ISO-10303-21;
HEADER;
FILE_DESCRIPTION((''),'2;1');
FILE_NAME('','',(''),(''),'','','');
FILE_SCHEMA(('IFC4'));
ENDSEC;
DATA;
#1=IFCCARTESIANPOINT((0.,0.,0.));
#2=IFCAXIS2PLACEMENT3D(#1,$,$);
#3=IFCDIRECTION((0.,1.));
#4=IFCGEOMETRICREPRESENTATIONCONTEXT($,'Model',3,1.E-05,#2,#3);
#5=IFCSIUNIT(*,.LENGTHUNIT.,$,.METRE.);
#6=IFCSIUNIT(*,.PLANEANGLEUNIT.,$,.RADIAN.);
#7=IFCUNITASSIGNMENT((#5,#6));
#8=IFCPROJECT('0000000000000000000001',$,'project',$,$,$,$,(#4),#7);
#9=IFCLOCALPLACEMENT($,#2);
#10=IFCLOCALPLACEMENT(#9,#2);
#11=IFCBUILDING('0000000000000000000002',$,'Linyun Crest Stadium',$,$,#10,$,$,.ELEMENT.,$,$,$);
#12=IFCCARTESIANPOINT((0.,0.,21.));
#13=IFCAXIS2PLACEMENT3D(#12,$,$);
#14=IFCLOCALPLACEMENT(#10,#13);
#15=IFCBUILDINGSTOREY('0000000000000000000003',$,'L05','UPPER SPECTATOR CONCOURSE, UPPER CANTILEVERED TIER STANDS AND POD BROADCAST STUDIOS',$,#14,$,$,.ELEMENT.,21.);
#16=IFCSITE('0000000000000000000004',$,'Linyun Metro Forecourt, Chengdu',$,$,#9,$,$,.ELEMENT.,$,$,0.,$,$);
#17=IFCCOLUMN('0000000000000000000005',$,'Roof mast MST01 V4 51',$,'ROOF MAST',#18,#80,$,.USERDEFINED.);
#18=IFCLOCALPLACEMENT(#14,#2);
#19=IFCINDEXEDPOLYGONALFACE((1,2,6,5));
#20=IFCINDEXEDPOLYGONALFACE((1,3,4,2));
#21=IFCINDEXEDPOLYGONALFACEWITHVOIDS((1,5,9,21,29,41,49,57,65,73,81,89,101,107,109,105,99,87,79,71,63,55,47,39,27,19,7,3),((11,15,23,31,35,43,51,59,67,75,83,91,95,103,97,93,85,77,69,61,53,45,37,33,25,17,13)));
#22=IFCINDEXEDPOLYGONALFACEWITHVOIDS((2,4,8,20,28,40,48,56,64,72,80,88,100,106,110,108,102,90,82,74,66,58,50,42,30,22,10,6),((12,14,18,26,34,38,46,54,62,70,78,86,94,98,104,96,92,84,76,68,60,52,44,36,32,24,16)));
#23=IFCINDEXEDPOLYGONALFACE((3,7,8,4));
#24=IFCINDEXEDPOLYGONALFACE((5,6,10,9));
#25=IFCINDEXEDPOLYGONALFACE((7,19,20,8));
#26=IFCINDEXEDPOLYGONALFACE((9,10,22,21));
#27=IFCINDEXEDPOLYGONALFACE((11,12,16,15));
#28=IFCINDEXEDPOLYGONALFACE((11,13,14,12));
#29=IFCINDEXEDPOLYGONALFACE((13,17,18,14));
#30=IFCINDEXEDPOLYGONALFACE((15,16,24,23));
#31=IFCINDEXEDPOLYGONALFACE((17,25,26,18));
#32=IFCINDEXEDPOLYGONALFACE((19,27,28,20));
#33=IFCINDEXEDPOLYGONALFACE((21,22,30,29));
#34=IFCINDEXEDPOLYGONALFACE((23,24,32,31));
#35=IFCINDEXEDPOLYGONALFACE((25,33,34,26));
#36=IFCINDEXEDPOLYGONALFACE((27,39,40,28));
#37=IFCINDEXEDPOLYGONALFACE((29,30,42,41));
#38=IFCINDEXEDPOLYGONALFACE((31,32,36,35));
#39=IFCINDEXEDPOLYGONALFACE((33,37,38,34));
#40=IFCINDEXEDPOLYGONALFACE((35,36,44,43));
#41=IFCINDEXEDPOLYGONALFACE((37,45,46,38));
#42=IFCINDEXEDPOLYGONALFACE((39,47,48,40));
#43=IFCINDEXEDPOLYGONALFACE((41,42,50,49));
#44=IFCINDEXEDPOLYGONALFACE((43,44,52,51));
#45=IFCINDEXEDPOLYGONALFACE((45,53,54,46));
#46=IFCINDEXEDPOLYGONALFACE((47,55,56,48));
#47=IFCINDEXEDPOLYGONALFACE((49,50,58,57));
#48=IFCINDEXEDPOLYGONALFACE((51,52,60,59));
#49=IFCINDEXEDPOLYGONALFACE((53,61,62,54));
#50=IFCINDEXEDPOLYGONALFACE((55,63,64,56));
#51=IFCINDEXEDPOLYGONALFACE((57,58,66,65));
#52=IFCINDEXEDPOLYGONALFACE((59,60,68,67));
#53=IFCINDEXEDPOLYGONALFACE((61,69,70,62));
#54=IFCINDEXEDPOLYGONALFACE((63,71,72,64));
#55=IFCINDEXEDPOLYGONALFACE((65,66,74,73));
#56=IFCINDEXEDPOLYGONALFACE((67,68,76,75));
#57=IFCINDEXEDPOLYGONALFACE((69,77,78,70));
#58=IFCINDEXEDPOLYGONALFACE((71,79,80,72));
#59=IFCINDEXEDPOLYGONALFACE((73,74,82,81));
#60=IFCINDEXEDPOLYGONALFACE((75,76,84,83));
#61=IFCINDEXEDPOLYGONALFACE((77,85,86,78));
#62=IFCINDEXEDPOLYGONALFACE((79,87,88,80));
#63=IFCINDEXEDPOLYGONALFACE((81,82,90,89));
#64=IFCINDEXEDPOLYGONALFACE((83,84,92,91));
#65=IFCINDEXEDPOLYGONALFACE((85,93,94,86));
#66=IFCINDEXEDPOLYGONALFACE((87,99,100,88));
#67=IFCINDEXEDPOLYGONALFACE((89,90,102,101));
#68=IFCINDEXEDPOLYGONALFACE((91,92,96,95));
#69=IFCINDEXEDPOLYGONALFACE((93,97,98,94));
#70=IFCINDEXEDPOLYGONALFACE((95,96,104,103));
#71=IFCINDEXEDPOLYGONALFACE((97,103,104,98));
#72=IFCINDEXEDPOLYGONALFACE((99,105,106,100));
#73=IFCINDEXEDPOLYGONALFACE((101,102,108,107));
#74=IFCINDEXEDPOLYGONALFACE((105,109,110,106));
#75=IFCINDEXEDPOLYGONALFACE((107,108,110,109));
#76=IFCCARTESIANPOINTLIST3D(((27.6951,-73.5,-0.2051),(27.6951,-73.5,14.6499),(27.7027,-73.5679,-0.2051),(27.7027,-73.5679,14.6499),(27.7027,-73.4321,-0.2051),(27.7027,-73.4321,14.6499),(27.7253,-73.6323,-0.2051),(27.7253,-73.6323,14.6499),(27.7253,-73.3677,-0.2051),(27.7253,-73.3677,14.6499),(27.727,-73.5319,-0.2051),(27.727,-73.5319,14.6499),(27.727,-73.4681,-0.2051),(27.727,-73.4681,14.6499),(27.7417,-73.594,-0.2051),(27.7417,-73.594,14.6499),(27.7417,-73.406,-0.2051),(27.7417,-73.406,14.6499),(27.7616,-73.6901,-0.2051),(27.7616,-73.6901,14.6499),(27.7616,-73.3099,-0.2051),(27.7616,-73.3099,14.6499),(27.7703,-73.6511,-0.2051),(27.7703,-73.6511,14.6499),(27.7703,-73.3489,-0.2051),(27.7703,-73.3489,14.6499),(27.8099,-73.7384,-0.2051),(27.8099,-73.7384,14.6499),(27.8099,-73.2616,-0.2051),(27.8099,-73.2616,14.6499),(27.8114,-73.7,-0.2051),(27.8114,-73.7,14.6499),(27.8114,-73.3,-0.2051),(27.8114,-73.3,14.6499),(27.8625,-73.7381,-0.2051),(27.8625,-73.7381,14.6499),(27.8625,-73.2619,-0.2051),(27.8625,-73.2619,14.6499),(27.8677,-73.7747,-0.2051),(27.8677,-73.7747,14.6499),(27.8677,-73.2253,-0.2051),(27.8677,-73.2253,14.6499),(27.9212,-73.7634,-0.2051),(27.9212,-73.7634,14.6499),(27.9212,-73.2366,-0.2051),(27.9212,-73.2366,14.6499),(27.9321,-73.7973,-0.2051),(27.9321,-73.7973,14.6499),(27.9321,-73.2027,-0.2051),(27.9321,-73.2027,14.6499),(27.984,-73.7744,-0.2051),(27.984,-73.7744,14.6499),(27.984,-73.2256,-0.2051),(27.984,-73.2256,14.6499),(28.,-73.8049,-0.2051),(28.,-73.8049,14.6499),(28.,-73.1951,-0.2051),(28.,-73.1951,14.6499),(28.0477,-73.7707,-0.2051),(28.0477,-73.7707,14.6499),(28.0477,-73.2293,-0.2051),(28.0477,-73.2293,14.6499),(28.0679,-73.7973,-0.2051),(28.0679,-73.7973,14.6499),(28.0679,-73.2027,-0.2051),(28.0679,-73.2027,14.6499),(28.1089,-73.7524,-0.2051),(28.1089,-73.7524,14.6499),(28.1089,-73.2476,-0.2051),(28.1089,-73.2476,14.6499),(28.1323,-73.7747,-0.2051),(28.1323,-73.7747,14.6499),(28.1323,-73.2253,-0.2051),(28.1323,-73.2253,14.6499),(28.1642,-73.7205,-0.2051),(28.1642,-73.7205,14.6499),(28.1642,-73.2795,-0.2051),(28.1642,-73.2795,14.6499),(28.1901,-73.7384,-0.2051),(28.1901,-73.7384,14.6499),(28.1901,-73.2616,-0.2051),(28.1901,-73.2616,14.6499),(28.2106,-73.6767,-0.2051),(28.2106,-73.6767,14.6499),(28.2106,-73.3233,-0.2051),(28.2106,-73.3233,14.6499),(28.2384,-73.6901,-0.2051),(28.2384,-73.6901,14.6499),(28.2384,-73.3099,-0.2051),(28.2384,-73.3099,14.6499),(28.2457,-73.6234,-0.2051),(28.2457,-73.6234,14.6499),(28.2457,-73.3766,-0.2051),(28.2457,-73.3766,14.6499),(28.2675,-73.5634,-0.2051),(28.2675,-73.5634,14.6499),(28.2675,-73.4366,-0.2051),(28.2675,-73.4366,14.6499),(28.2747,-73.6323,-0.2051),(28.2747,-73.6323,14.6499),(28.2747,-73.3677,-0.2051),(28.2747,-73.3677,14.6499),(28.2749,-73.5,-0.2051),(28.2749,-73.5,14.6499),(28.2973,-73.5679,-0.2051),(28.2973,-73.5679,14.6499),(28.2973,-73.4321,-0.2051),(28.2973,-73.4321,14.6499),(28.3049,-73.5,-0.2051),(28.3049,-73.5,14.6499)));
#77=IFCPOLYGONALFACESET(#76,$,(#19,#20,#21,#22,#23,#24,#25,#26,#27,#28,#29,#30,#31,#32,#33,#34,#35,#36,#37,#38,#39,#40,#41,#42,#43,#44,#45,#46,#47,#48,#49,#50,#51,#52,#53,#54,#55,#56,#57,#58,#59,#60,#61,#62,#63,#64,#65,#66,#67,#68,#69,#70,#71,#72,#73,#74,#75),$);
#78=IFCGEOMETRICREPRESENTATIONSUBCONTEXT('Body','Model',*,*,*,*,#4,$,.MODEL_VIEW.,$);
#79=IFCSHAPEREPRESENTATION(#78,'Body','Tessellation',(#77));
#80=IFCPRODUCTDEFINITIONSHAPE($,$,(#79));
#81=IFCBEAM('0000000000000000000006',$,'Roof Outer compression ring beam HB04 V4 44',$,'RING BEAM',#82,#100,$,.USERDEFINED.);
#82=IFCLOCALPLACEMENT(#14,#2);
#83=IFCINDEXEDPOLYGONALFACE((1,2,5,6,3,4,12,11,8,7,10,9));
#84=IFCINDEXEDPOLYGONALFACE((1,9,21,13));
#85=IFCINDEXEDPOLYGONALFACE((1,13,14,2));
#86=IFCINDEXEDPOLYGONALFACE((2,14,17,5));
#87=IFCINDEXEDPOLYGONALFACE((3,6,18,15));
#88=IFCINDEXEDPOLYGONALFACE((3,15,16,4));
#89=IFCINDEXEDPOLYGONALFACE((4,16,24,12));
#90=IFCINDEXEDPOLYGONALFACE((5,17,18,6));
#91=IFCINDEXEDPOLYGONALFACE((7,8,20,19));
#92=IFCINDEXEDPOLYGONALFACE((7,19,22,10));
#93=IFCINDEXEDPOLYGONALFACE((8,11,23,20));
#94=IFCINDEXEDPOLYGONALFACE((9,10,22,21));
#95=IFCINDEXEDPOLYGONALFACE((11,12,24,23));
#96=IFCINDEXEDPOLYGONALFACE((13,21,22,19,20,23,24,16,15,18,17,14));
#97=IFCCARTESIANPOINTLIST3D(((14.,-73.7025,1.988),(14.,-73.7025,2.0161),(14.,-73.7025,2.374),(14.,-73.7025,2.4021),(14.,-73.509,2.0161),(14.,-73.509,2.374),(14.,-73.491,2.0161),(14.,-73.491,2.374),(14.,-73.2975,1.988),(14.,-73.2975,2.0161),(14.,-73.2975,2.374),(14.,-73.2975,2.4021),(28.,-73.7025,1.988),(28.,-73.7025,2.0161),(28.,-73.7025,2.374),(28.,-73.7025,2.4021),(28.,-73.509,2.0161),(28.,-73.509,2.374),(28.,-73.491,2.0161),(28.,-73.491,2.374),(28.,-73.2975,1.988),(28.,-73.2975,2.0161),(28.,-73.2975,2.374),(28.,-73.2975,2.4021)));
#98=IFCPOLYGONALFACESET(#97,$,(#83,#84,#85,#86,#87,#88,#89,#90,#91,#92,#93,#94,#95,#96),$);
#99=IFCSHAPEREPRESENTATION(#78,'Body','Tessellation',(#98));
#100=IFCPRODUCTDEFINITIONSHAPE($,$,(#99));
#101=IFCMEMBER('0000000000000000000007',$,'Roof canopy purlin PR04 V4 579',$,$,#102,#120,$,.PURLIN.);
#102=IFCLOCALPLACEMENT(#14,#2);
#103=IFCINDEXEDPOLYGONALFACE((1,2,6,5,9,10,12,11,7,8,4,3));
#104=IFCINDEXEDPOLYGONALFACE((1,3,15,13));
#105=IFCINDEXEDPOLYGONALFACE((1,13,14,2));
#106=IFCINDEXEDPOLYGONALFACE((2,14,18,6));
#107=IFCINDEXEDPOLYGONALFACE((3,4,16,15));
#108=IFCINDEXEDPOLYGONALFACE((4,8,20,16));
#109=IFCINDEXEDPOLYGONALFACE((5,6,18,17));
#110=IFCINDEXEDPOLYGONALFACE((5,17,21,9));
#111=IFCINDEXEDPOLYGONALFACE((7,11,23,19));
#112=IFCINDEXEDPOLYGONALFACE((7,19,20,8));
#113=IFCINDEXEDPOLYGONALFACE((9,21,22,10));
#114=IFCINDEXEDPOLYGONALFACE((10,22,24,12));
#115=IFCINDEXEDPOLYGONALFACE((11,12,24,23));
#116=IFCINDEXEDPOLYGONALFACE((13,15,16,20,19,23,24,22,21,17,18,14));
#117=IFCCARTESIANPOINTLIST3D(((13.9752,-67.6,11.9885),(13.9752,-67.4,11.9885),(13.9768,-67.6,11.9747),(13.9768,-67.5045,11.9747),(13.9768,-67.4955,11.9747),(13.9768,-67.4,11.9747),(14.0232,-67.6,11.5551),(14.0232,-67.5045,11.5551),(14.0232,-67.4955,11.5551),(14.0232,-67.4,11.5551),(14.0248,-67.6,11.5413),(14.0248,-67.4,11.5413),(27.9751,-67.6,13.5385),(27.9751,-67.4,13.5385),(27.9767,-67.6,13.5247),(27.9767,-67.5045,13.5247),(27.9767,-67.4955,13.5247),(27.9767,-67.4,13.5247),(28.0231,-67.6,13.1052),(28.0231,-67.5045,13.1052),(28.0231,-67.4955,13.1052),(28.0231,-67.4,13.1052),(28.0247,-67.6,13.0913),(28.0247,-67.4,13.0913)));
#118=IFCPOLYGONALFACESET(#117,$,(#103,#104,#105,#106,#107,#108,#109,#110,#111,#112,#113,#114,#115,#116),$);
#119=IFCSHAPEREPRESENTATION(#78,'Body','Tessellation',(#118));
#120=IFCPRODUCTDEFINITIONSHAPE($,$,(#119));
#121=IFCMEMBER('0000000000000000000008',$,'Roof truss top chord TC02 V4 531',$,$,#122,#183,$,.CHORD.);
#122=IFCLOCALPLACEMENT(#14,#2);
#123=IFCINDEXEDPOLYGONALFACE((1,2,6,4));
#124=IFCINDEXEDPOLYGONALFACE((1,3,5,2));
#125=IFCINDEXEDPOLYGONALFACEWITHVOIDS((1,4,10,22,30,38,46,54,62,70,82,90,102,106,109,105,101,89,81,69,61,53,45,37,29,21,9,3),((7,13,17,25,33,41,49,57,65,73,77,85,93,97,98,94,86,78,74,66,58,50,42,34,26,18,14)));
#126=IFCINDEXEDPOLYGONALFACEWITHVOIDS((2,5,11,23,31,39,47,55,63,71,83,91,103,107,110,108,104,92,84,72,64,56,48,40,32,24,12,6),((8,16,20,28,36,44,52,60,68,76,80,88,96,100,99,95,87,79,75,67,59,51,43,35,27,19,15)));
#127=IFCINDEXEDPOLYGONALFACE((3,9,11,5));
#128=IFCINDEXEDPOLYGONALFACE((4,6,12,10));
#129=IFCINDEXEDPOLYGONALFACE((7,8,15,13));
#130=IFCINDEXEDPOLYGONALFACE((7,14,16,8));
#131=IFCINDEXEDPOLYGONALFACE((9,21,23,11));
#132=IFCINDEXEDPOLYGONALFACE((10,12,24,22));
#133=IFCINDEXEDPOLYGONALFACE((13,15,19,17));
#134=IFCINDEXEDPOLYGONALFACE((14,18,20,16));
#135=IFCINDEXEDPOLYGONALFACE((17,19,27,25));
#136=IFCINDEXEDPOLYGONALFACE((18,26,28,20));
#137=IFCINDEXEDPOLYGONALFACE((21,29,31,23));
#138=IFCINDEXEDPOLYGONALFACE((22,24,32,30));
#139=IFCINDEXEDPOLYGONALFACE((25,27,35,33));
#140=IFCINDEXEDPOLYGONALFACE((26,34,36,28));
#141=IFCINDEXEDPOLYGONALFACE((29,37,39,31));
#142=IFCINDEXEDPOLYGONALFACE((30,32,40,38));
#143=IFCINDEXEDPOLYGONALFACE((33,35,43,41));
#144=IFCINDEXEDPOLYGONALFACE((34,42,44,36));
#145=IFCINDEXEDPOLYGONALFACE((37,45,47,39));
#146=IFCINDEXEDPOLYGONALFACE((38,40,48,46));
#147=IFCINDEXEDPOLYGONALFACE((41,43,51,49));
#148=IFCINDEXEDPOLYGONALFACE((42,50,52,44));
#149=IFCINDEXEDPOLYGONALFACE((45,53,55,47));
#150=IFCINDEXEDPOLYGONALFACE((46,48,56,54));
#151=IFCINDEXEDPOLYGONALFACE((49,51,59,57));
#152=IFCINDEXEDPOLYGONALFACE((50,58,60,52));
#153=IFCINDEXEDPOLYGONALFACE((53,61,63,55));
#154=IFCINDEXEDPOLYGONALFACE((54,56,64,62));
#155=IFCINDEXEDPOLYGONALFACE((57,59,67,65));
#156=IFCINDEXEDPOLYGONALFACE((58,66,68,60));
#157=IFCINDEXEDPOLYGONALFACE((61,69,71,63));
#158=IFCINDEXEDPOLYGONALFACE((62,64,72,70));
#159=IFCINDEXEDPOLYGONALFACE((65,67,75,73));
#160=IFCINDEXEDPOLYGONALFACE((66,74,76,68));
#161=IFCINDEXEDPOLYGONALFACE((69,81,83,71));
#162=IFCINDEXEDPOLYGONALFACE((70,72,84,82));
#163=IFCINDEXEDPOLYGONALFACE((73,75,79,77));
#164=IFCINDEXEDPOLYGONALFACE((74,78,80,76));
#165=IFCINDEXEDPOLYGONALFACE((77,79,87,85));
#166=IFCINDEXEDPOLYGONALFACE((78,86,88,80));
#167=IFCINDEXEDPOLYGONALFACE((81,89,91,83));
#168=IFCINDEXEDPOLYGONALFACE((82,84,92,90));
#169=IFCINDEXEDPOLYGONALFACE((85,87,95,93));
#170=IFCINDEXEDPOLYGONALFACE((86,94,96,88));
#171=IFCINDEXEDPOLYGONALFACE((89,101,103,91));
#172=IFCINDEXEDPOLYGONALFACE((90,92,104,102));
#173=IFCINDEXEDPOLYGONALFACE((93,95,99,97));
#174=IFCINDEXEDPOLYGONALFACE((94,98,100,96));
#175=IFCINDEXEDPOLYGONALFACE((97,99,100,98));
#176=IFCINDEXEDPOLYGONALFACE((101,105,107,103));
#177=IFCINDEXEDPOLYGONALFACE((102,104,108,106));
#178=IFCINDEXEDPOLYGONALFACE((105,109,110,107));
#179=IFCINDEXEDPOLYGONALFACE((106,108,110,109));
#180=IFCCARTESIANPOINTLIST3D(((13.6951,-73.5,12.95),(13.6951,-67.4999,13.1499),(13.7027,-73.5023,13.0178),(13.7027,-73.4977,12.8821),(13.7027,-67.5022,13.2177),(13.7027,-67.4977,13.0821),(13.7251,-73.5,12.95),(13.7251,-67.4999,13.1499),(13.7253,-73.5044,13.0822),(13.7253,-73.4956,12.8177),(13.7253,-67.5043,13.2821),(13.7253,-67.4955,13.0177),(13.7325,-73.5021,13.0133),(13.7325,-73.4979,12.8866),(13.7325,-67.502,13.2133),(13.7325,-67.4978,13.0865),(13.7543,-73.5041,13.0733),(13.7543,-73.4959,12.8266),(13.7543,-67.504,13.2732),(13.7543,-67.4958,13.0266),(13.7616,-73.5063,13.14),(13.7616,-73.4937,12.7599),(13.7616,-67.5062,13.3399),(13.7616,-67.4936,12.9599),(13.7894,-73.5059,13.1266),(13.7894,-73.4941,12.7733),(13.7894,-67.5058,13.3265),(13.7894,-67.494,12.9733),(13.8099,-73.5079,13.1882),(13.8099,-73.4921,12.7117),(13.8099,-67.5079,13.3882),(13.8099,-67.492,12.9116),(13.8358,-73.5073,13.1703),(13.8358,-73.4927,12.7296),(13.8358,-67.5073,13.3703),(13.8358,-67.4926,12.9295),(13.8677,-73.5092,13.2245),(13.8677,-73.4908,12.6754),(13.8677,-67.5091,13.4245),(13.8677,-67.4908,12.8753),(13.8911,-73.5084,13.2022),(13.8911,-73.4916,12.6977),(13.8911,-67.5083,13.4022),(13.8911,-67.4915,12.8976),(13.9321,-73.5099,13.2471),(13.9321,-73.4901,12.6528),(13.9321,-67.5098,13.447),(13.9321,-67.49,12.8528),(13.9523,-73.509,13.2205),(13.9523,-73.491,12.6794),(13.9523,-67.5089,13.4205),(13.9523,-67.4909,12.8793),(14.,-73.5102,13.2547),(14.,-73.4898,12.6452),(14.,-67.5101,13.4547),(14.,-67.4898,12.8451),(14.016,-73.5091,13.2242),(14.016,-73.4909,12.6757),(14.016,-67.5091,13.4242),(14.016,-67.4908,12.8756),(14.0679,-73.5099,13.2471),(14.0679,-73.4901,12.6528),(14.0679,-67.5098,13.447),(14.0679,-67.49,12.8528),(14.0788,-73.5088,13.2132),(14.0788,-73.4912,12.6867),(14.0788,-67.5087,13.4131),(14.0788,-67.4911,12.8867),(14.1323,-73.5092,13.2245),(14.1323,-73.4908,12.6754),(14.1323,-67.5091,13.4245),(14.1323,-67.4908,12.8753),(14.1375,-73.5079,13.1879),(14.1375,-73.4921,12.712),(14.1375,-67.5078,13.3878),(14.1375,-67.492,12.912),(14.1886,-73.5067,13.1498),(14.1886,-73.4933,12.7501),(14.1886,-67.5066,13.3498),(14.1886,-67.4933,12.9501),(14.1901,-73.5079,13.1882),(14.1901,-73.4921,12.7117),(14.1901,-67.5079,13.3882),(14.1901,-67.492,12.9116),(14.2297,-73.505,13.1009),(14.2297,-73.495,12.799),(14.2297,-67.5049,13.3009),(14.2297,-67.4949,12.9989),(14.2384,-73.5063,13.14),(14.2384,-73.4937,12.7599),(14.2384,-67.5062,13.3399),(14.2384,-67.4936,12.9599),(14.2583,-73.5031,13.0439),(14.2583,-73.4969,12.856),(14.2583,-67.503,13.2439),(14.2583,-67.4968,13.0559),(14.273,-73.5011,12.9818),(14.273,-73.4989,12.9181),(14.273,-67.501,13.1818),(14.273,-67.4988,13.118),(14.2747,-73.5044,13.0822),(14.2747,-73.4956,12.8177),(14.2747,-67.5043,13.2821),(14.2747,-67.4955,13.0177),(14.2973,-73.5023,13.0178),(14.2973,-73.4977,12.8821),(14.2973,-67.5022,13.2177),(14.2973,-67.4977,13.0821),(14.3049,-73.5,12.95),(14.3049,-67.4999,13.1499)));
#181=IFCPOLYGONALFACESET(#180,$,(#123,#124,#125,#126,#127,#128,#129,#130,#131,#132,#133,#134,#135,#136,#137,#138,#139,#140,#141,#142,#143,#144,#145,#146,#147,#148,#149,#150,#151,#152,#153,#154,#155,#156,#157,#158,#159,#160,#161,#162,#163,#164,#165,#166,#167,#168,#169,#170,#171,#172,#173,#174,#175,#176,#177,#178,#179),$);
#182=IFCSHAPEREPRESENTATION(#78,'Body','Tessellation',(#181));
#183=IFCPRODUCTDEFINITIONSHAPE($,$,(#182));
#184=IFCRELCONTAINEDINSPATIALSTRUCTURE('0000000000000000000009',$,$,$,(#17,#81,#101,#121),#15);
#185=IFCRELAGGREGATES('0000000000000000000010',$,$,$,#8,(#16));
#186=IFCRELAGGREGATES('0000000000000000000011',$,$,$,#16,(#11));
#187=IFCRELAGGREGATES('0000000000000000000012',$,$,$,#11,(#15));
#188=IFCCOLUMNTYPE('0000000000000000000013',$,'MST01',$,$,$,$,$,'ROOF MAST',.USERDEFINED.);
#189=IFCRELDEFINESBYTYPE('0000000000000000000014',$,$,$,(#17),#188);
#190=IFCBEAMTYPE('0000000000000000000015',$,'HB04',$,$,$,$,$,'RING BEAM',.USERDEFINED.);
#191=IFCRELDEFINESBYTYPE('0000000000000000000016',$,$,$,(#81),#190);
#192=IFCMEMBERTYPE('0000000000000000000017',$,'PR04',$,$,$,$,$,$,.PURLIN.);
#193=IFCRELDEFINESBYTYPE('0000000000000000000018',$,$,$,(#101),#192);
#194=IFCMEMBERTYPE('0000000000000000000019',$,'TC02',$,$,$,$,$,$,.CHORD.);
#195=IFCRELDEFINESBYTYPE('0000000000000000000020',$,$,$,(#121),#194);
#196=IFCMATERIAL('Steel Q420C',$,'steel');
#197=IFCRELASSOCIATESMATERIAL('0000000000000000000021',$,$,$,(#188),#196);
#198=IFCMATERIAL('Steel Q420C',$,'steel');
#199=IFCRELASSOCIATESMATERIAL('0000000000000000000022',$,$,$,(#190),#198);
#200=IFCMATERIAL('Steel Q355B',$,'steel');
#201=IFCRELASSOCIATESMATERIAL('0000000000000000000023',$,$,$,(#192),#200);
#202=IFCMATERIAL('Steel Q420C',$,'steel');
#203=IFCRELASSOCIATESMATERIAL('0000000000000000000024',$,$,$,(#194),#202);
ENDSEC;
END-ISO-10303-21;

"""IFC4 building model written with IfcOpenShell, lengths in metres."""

from ifc_helpers import new_model, si_unit, direction, frame, origin, origin_2d, place, context, subcontext, project, spatial, hollow_circle, i_section, extrude, material, material_profile, profile_set, type_object, element, save


model = new_model("IFC4")

# Units and contexts
model_context = context("Model", 3, precision=1e-05, world=origin(), true_north=direction((0.0, 1.0)))
body_context = subcontext(model_context, "Body", "Model", "MODEL_VIEW")
ifc_project = project(units=[si_unit("LENGTHUNIT", "METRE"), si_unit("PLANEANGLEUNIT", "RADIAN")], contexts=[model_context])

# Site, building, storey
site_placement = place(None, origin())
site = spatial("IfcSite", under=ifc_project, at=site_placement, Name="Linyun Metro Forecourt, Chengdu", CompositionType="ELEMENT", RefElevation=0.0)
building_placement = place(site_placement, origin())
building = spatial("IfcBuilding", under=site, at=building_placement, Name="Linyun Crest Stadium", CompositionType="ELEMENT")
storey_placement = place(building_placement, frame((0.0, 0.0, 21.0)))
storey = spatial("IfcBuildingStorey", under=building, at=storey_placement, Name="L05", Description="UPPER SPECTATOR CONCOURSE, UPPER CANTILEVERED TIER STANDS AND POD BROADCAST STUDIOS", CompositionType="ELEMENT", Elevation=21.0)

# Column
ifc_material_1 = material(Name="Steel Q420C", Category="steel")
ifc_material_profile_1 = material_profile(ifc_material_1, hollow_circle(Radius=0.3049, WallThickness=0.03, at=origin_2d()), Name="CHS 610x30")
ifc_profile_set_1 = profile_set([ifc_material_profile_1], Name="Steel Q420C")
column_type = type_object("IfcColumnType", Name="MST01", ElementType="ROOF MAST", PredefinedType="USERDEFINED", material=ifc_profile_set_1)
column_placement = place(storey_placement, frame((28.0, -73.5, -0.2051), z_axis=(0.0, 0.0, 1.0), x_axis=(1.0, 0.0, 0.0)))
element("IfcColumn", 1, at=column_placement, inside=storey, type_object=column_type, Name="Roof mast MST01 V4 51", ObjectType="ROOF MAST", PredefinedType="USERDEFINED", context=body_context, shape_type="SweptSolid", body=[
    extrude(hollow_circle(Radius=0.3049, WallThickness=0.03, at=origin_2d()), origin(), (0.0, 0.0, 1.0), 14.855),
])

# Beam
ifc_material_2 = material(Name="Steel Q420C", Category="steel")
ifc_material_profile_2 = material_profile(ifc_material_2, i_section(OverallWidth=0.405, OverallDepth=0.4141, WebThickness=0.0181, FlangeThickness=0.0281, at=origin_2d()), Name="HW 414x405")
ifc_profile_set_2 = profile_set([ifc_material_profile_2], Name="Steel Q420C")
beam_type = type_object("IfcBeamType", Name="HB04", ElementType="RING BEAM", PredefinedType="USERDEFINED", material=ifc_profile_set_2)
beam_placement = place(storey_placement, frame((14.0, -73.5, 2.1951), z_axis=(1.0, 0.0, 0.0), x_axis=(0.0, 1.0, 0.0)))
element("IfcBeam", 2, at=beam_placement, inside=storey, type_object=beam_type, Name="Roof Outer compression ring beam HB04 V4 44", ObjectType="RING BEAM", PredefinedType="USERDEFINED", context=body_context, shape_type="SweptSolid", body=[
    extrude(i_section(OverallWidth=0.405, OverallDepth=0.4141, WebThickness=0.0181, FlangeThickness=0.0281, at=origin_2d()), origin(), (0.0, 0.0, 1.0), 14.0),
])

# Members
ifc_material_3 = material(Name="Steel Q355B", Category="steel")
ifc_material_profile_3 = material_profile(ifc_material_3, i_section(OverallWidth=0.2, OverallDepth=0.45, WebThickness=0.009, FlangeThickness=0.0139, at=origin_2d()), Name="HN 450x200")
ifc_profile_set_3 = profile_set([ifc_material_profile_3], Name="Steel Q355B")
member_type_1 = type_object("IfcMemberType", Name="PR04", PredefinedType="PURLIN", material=ifc_profile_set_3)
member_1_placement = place(storey_placement, frame((14.0, -67.5, 11.7649), z_axis=(0.993927, 0.0, 0.110045), x_axis=(0.0, 1.0, 0.0)))
element("IfcMember", 3, at=member_1_placement, inside=storey, type_object=member_type_1, Name="Roof canopy purlin PR04 V4 579", PredefinedType="PURLIN", context=body_context, shape_type="SweptSolid", body=[
    extrude(i_section(OverallWidth=0.2, OverallDepth=0.45, WebThickness=0.009, FlangeThickness=0.0139, at=origin_2d()), origin(), (0.0, 0.0, 1.0), 14.0854),
])
ifc_material_4 = material(Name="Steel Q420C", Category="steel")
ifc_material_profile_4 = material_profile(ifc_material_4, hollow_circle(Radius=0.3049, WallThickness=0.03, at=origin_2d()), Name="CHS 610x30")
ifc_profile_set_4 = profile_set([ifc_material_profile_4], Name="Steel Q420C")
member_type_2 = type_object("IfcMemberType", Name="TC02", PredefinedType="CHORD", material=ifc_profile_set_4)
member_2_placement = place(storey_placement, frame((14.0, -73.5, 12.95), z_axis=(0.0, 0.999445, 0.033307), x_axis=(-1.0, 0.0, 0.0)))
element("IfcMember", 4, at=member_2_placement, inside=storey, type_object=member_type_2, Name="Roof truss top chord TC02 V4 531", PredefinedType="CHORD", context=body_context, shape_type="SweptSolid", body=[
    extrude(hollow_circle(Radius=0.3049, WallThickness=0.03, at=origin_2d()), origin(), (0.0, 0.0, 1.0), 6.0034),
])

save(model, "model.ifc")
